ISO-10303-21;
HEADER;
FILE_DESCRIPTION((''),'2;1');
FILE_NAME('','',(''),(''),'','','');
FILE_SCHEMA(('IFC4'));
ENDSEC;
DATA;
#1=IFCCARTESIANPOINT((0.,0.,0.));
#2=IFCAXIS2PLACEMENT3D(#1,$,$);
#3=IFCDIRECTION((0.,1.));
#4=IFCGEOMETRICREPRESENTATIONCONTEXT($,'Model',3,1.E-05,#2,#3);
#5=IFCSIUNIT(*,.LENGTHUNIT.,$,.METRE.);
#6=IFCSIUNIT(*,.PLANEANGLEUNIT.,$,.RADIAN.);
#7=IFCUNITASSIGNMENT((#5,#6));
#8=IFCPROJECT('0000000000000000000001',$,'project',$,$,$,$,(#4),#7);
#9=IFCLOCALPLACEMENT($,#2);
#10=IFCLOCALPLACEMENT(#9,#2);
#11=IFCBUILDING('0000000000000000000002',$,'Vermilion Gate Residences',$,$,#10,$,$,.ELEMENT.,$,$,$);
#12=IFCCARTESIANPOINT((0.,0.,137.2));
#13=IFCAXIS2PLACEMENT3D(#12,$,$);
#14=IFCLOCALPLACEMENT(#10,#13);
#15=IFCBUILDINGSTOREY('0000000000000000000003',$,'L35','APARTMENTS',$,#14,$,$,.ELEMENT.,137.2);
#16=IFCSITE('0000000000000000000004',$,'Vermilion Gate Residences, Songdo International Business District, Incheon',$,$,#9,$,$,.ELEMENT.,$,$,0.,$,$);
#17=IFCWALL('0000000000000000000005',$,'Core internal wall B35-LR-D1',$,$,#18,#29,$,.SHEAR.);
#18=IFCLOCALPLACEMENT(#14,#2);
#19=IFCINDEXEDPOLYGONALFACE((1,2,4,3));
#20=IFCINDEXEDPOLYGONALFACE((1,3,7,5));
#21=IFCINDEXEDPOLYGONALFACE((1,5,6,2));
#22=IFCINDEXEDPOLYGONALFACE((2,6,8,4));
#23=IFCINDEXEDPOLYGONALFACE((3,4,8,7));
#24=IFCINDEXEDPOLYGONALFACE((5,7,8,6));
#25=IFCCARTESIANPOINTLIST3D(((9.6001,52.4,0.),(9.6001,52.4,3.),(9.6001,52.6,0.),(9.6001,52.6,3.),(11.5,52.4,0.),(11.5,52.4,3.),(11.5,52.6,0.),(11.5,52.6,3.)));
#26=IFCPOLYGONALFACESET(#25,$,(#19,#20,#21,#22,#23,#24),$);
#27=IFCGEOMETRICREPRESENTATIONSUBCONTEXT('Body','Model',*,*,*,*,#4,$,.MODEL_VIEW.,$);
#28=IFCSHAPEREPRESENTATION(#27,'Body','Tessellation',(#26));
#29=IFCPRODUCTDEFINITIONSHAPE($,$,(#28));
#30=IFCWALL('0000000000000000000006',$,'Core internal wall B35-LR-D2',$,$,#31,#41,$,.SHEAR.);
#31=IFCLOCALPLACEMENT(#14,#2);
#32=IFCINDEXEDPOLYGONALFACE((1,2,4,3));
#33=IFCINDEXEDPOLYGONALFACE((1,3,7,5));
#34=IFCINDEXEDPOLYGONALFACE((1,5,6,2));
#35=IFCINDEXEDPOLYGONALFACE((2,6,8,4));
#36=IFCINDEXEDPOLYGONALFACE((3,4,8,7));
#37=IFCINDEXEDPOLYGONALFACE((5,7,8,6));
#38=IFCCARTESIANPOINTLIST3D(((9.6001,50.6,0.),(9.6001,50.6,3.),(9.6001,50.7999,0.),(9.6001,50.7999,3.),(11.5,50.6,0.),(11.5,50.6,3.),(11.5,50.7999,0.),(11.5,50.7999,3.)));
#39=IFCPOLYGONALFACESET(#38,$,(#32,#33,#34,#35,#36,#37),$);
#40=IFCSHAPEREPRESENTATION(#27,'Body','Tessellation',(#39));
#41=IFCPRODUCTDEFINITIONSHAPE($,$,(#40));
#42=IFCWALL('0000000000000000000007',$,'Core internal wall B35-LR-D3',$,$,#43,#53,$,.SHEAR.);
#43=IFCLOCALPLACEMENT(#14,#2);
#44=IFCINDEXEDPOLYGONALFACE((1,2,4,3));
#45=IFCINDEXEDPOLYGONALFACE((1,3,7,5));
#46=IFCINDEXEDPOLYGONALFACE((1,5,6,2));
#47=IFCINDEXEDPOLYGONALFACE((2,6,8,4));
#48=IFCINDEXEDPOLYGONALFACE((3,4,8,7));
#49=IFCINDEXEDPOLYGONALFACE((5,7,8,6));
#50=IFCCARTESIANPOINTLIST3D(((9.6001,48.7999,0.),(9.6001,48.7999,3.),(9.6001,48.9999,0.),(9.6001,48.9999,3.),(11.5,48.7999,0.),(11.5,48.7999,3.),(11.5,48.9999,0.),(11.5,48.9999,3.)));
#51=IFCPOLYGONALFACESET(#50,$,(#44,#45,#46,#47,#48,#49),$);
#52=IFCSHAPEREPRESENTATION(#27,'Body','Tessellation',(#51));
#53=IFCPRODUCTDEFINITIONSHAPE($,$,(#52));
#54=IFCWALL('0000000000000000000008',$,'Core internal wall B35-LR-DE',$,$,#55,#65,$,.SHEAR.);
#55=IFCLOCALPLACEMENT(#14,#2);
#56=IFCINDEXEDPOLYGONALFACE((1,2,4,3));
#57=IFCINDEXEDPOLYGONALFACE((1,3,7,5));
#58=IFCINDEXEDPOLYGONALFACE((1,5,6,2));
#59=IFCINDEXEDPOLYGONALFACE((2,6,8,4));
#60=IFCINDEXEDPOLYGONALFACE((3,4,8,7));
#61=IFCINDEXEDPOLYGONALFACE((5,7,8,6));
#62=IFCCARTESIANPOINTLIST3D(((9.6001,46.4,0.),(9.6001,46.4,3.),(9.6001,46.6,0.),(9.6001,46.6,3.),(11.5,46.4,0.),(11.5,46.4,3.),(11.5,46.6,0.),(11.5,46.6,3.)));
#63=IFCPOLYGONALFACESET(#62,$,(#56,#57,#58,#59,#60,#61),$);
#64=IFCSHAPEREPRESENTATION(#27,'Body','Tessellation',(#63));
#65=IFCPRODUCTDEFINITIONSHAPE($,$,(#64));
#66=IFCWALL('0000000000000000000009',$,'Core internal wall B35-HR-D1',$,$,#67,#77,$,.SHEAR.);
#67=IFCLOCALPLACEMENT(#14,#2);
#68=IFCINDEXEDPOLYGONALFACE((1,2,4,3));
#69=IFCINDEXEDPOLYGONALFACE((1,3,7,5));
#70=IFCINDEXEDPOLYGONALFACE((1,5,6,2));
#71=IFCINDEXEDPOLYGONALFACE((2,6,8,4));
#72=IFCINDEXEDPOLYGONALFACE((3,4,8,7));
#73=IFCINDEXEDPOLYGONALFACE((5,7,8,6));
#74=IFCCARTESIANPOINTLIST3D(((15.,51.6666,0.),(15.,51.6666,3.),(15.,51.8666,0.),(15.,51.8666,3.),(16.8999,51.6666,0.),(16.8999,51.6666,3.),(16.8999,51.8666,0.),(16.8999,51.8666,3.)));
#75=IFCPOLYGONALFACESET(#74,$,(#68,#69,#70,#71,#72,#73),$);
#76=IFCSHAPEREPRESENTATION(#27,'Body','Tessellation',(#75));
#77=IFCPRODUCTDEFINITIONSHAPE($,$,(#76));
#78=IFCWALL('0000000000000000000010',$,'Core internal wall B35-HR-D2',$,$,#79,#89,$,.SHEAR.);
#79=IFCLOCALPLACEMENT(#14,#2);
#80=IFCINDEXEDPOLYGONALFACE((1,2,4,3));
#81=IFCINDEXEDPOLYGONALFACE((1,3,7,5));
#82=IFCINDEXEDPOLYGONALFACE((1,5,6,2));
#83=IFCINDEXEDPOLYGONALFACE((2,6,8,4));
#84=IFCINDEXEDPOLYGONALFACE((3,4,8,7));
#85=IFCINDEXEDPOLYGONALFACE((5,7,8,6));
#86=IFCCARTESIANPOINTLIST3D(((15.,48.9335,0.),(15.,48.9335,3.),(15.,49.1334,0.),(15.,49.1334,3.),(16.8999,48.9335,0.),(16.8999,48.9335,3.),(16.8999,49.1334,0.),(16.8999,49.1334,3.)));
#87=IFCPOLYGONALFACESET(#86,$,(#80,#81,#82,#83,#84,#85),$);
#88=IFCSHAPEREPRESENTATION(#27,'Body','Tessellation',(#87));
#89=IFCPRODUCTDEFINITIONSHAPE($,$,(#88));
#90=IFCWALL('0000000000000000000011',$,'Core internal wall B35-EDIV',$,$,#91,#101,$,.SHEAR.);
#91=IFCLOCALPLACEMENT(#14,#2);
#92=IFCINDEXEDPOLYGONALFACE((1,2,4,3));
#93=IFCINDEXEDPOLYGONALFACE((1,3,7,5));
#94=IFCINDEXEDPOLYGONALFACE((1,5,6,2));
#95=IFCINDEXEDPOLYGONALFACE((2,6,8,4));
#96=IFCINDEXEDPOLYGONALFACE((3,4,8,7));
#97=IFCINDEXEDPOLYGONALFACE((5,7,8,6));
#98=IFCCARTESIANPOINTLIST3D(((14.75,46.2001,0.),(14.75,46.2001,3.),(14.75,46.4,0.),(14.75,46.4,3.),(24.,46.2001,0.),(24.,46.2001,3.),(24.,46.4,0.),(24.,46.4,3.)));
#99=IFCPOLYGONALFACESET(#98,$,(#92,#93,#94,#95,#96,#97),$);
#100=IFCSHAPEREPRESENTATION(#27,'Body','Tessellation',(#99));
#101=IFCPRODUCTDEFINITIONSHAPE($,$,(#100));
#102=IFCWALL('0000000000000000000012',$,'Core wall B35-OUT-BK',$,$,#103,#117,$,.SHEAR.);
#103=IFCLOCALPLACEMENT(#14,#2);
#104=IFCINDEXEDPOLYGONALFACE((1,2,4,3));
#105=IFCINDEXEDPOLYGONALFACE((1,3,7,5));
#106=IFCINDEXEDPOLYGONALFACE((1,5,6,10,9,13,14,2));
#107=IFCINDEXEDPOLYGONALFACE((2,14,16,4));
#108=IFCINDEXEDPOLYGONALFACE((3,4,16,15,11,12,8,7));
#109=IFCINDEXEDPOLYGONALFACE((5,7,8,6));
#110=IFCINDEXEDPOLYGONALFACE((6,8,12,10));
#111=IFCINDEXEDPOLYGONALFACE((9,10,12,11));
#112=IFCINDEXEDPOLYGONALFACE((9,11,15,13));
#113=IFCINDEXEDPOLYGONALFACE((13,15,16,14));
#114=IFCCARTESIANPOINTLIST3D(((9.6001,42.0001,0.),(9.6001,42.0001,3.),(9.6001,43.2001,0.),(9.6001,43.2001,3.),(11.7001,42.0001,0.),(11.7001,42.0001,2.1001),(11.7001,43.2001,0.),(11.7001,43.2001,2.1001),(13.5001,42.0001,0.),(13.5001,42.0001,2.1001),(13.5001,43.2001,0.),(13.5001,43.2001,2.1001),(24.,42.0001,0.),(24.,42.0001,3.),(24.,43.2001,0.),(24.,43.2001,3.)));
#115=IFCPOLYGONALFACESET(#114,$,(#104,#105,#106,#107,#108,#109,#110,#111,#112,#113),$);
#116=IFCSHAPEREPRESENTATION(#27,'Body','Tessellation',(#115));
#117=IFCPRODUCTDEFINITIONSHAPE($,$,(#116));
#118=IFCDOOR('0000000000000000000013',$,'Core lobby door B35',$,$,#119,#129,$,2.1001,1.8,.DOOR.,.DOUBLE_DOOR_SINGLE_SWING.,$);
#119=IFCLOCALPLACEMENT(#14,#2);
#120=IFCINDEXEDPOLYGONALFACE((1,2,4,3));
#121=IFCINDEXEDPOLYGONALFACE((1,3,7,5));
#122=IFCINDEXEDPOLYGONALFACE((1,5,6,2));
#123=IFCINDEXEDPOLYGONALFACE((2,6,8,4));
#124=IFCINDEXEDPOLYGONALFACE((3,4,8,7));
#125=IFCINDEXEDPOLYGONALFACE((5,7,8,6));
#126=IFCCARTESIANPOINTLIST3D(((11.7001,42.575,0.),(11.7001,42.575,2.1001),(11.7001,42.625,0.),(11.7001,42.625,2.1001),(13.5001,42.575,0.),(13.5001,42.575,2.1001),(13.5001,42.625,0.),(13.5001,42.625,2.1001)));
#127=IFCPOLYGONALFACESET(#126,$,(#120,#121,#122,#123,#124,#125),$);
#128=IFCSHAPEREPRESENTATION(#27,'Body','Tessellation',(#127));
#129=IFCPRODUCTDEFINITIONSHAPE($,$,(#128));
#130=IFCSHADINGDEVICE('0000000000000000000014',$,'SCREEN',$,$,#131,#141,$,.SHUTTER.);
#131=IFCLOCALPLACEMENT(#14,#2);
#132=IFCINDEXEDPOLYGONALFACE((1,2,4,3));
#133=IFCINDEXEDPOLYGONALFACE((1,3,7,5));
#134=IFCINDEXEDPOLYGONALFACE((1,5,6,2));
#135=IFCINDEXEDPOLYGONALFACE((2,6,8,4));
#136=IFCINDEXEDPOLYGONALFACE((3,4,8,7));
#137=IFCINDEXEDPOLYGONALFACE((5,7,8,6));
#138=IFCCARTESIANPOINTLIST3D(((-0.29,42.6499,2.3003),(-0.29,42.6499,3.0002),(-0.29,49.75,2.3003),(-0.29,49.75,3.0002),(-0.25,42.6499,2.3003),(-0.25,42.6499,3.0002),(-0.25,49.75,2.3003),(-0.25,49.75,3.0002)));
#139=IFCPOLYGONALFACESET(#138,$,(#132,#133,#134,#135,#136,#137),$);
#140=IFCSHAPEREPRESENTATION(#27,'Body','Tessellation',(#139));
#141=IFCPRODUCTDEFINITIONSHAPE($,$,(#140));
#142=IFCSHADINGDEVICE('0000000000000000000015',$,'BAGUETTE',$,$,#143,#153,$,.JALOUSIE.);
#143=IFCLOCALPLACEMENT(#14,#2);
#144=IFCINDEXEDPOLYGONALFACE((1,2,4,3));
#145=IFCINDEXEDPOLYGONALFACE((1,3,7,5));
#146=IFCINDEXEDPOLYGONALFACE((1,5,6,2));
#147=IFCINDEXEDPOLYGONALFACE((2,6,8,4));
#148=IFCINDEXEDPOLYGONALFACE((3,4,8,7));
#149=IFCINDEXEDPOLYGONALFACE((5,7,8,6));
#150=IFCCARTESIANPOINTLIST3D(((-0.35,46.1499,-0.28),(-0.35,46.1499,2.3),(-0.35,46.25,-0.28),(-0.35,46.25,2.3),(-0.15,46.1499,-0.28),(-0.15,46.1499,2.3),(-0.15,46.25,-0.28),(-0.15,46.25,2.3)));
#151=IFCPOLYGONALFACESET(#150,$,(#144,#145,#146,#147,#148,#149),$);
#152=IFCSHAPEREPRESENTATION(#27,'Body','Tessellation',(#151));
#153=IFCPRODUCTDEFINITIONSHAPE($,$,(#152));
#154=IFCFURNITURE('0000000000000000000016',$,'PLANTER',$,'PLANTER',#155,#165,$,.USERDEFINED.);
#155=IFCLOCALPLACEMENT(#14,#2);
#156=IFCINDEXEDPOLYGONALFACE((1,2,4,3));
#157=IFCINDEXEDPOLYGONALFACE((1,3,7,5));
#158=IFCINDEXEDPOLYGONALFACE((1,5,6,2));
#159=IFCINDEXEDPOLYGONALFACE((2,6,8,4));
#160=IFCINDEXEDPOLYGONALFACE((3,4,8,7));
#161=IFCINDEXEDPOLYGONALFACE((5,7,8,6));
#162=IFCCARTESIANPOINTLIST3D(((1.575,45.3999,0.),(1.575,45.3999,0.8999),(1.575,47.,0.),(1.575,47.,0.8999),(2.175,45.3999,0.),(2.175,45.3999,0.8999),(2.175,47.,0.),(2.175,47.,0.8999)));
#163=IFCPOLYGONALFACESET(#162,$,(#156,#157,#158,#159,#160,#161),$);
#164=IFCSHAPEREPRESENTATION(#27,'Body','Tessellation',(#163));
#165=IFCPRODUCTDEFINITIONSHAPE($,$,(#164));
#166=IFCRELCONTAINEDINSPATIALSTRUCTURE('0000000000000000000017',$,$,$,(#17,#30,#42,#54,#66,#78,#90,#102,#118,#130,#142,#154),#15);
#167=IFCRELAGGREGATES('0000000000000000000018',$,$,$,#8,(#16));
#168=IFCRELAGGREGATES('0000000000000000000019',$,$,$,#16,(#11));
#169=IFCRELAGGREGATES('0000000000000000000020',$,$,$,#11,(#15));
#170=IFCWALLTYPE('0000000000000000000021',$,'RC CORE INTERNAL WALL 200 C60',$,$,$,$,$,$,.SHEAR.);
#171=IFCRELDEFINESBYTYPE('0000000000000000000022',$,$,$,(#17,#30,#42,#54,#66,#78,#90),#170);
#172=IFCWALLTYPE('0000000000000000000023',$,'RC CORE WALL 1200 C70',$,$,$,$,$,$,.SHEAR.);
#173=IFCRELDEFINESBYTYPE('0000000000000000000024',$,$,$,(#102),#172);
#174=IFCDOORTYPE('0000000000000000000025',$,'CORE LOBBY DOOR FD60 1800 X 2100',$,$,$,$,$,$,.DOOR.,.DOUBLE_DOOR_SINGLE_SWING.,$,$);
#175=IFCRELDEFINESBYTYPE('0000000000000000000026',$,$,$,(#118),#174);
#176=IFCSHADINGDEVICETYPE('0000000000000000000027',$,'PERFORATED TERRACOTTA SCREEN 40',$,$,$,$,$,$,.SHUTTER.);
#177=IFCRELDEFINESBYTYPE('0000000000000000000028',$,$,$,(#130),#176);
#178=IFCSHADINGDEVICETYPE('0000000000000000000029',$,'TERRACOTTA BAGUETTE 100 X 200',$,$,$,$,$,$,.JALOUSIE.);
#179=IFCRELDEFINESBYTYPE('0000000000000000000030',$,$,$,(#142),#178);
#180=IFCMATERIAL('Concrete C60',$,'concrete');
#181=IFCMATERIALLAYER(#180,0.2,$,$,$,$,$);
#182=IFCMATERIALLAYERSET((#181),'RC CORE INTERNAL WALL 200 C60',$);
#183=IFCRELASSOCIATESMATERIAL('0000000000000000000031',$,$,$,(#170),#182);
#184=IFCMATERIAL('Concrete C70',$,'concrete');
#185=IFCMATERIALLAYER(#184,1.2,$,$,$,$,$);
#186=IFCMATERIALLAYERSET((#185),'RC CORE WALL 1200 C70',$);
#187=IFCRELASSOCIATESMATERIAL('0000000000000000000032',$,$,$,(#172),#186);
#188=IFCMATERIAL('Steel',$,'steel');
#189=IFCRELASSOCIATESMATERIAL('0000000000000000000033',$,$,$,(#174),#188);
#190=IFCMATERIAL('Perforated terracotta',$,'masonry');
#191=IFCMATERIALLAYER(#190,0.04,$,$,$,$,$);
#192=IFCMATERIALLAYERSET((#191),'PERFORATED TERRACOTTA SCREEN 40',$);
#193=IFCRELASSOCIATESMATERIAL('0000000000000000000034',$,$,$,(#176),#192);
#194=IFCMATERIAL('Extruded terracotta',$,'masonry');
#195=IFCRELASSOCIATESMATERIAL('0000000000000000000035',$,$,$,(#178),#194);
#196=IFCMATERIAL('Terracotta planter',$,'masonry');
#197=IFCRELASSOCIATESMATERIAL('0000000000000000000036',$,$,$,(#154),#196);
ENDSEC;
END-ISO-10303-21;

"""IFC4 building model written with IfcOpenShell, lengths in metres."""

from ifc_helpers import new_model, si_unit, direction, frame, frame_2d, origin, origin_2d, place, context, subcontext, project, spatial, rectangle, extrude, material, layer, layer_set, material_profile, profile_set, type_object, element, fill, save


model = new_model("IFC4")

# Units and contexts
model_context = context("Model", 3, precision=1e-05, world=origin(), true_north=direction((0.0, 1.0)))
body_context = subcontext(model_context, "Body", "Model", "MODEL_VIEW")
ifc_project = project(units=[si_unit("LENGTHUNIT", "METRE"), si_unit("PLANEANGLEUNIT", "RADIAN")], contexts=[model_context])

# Site, building, storey
site_placement = place(None, origin())
site = spatial("IfcSite", under=ifc_project, at=site_placement, Name="Vermilion Gate Residences, Songdo International Business District, Incheon", CompositionType="ELEMENT", RefElevation=0.0)
building_placement = place(site_placement, origin())
building = spatial("IfcBuilding", under=site, at=building_placement, Name="Vermilion Gate Residences", CompositionType="ELEMENT")
storey_placement = place(building_placement, frame((0.0, 0.0, 137.2)))
storey = spatial("IfcBuildingStorey", under=building, at=storey_placement, Name="L35", Description="APARTMENTS", CompositionType="ELEMENT", Elevation=137.2)

# Walls
ifc_material_1 = material(Name="Concrete C60", Category="concrete")
ifc_layer_1 = layer(ifc_material_1, 0.2)
ifc_layer_set_1 = layer_set([ifc_layer_1], Name="RC CORE INTERNAL WALL 200 C60")
wall_type_1 = type_object("IfcWallType", Name="RC CORE INTERNAL WALL 200 C60", PredefinedType="SHEAR", material=ifc_layer_set_1)
for number, where, z_axis, x_axis, name in (
    (1, (9.6001, 52.5, 0.0), (0.0, 0.0, 1.0), (1.0, 0.0, 0.0), "Core internal wall B35-LR-D1"),
    (2, (9.6001, 50.7, 0.0), (0.0, 0.0, 1.0), (1.0, 0.0, 0.0), "Core internal wall B35-LR-D2"),
    (3, (9.6001, 48.8999, 0.0), (0.0, 0.0, 1.0), (1.0, 0.0, 0.0), "Core internal wall B35-LR-D3"),
    (4, (9.6001, 46.5, 0.0), (0.0, 0.0, 1.0), (1.0, 0.0, 0.0), "Core internal wall B35-LR-DE"),
    (5, (15.0, 51.7666, 0.0), (0.0, 0.0, 1.0), (1.0, 0.0, 0.0), "Core internal wall B35-HR-D1"),
    (6, (15.0, 49.0334, 0.0), (0.0, 0.0, 1.0), (1.0, 0.0, 0.0), "Core internal wall B35-HR-D2"),
):
    element("IfcWall", number, at=place(storey_placement, frame(where, z_axis=z_axis, x_axis=x_axis)), inside=storey, type_object=wall_type_1, Name=name, PredefinedType="SHEAR", context=body_context, shape_type="SweptSolid", body=[
        extrude(rectangle(XDim=1.8999, YDim=0.2, at=frame_2d((0.95, 0.0))), origin(), (0.0, 0.0, 1.0), 3.0),
    ])
wall_1_placement = place(storey_placement, frame((14.75, 46.3, 0.0), z_axis=(0.0, 0.0, 1.0), x_axis=(1.0, 0.0, 0.0)))
element("IfcWall", 7, at=wall_1_placement, inside=storey, type_object=wall_type_1, Name="Core internal wall B35-EDIV", PredefinedType="SHEAR", context=body_context, shape_type="SweptSolid", body=[
    extrude(rectangle(XDim=9.25, YDim=0.2, at=frame_2d((4.625, 0.0))), origin(), (0.0, 0.0, 1.0), 3.0),
])

# Wall, opening, door
ifc_material_2 = material(Name="Concrete C70", Category="concrete")
ifc_layer_2 = layer(ifc_material_2, 1.2)
ifc_layer_set_2 = layer_set([ifc_layer_2], Name="RC CORE WALL 1200 C70")
wall_type_2 = type_object("IfcWallType", Name="RC CORE WALL 1200 C70", PredefinedType="SHEAR", material=ifc_layer_set_2)
wall_2_placement = place(storey_placement, frame((9.6001, 42.6001, 0.0), z_axis=(0.0, 0.0, 1.0), x_axis=(1.0, 0.0, 0.0)))
wall_2 = element("IfcWall", 8, at=wall_2_placement, inside=storey, type_object=wall_type_2, Name="Core wall B35-OUT-BK", PredefinedType="SHEAR", context=body_context, shape_type="SweptSolid", body=[
    extrude(rectangle(XDim=14.3999, YDim=1.2, at=frame_2d((7.2, 0.0))), origin(), (0.0, 0.0, 1.0), 3.0),
])
opening_1_placement = place(wall_2_placement, frame((2.1001, 0.0, 0.0)))
opening_1 = element("IfcOpeningElement", 9, at=opening_1_placement, cuts=wall_2, PredefinedType="OPENING", context=body_context, shape_type="SweptSolid", body=[
    extrude(rectangle(XDim=1.8, YDim=2.1001, at=frame_2d((0.8999, 1.05))), frame((0.0, 0.6099, 0.0), z_axis=(0.0, -1.0, 0.0), x_axis=(1.0, 0.0, 0.0)), (0.0, 0.0, 1.0), 1.22),
])
ifc_material_3 = material(Name="Steel", Category="steel")
door_type_1 = type_object("IfcDoorType", Name="CORE LOBBY DOOR FD60 1800 X 2100", OperationType="DOUBLE_DOOR_SINGLE_SWING", PredefinedType="DOOR", material=ifc_material_3)
door_1_placement = place(opening_1_placement, origin())
door_1 = element("IfcDoor", 10, at=door_1_placement, inside=storey, type_object=door_type_1, Name="Core lobby door B35", OperationType="DOUBLE_DOOR_SINGLE_SWING", OverallHeight=2.1001, OverallWidth=1.8, PredefinedType="DOOR", context=body_context, shape_type="SweptSolid", body=[
    extrude(rectangle(XDim=1.8, YDim=2.1001, at=frame_2d((0.8999, 1.05))), frame((0.0, 0.0249, 0.0), z_axis=(0.0, -1.0, 0.0), x_axis=(1.0, 0.0, 0.0)), (0.0, 0.0, 1.0), 0.05),
])
fill(opening_1, door_1)

# Shading devices
ifc_material_4 = material(Name="Perforated terracotta", Category="masonry")
ifc_layer_3 = layer(ifc_material_4, 0.04)
ifc_layer_set_3 = layer_set([ifc_layer_3], Name="PERFORATED TERRACOTTA SCREEN 40")
shading_device_type_1 = type_object("IfcShadingDeviceType", Name="PERFORATED TERRACOTTA SCREEN 40", PredefinedType="SHUTTER", material=ifc_layer_set_3)
shading_device_1_placement = place(storey_placement, frame((-0.27, 46.2, 2.3003), z_axis=(0.0, 0.0, 1.0), x_axis=(0.0, -1.0, 0.0)))
element("IfcShadingDevice", 11, at=shading_device_1_placement, inside=storey, type_object=shading_device_type_1, Name="SCREEN", PredefinedType="SHUTTER", context=body_context, shape_type="SweptSolid", body=[
    extrude(rectangle(XDim=7.1001, YDim=0.04, at=origin_2d()), origin(), (0.0, 0.0, 1.0), 0.7),
])
ifc_material_5 = material(Name="Extruded terracotta", Category="masonry")
ifc_material_profile_1 = material_profile(ifc_material_5, rectangle(XDim=0.2, YDim=0.1001, at=origin_2d()), Name="BAGUETTE 100 X 200")
ifc_profile_set_1 = profile_set([ifc_material_profile_1], Name="Extruded terracotta")
shading_device_type_2 = type_object("IfcShadingDeviceType", Name="TERRACOTTA BAGUETTE 100 X 200", PredefinedType="JALOUSIE", material=ifc_profile_set_1)
shading_device_2_placement = place(storey_placement, frame((-0.25, 46.2, -0.28), z_axis=(0.0, 0.0, 1.0), x_axis=(1.0, 0.0, 0.0)))
element("IfcShadingDevice", 12, at=shading_device_2_placement, inside=storey, type_object=shading_device_type_2, Name="BAGUETTE", PredefinedType="JALOUSIE", context=body_context, shape_type="SweptSolid", body=[
    extrude(rectangle(XDim=0.2, YDim=0.1001, at=origin_2d()), origin(), (0.0, 0.0, 1.0), 2.5801),
])

# Furniture
ifc_material_6 = material(Name="Terracotta planter", Category="masonry")
furniture_placement = place(storey_placement, frame((1.875, 46.2, 0.0), z_axis=(0.0, 0.0, 1.0), x_axis=(0.0, -1.0, 0.0)))
element("IfcFurniture", 13, at=furniture_placement, inside=storey, material=ifc_material_6, Name="PLANTER", ObjectType="PLANTER", PredefinedType="USERDEFINED", context=body_context, shape_type="SweptSolid", body=[
    extrude(rectangle(XDim=1.6001, YDim=0.6001, at=origin_2d()), origin(), (0.0, 0.0, 1.0), 0.8999),
])

save(model, "model.ifc")
